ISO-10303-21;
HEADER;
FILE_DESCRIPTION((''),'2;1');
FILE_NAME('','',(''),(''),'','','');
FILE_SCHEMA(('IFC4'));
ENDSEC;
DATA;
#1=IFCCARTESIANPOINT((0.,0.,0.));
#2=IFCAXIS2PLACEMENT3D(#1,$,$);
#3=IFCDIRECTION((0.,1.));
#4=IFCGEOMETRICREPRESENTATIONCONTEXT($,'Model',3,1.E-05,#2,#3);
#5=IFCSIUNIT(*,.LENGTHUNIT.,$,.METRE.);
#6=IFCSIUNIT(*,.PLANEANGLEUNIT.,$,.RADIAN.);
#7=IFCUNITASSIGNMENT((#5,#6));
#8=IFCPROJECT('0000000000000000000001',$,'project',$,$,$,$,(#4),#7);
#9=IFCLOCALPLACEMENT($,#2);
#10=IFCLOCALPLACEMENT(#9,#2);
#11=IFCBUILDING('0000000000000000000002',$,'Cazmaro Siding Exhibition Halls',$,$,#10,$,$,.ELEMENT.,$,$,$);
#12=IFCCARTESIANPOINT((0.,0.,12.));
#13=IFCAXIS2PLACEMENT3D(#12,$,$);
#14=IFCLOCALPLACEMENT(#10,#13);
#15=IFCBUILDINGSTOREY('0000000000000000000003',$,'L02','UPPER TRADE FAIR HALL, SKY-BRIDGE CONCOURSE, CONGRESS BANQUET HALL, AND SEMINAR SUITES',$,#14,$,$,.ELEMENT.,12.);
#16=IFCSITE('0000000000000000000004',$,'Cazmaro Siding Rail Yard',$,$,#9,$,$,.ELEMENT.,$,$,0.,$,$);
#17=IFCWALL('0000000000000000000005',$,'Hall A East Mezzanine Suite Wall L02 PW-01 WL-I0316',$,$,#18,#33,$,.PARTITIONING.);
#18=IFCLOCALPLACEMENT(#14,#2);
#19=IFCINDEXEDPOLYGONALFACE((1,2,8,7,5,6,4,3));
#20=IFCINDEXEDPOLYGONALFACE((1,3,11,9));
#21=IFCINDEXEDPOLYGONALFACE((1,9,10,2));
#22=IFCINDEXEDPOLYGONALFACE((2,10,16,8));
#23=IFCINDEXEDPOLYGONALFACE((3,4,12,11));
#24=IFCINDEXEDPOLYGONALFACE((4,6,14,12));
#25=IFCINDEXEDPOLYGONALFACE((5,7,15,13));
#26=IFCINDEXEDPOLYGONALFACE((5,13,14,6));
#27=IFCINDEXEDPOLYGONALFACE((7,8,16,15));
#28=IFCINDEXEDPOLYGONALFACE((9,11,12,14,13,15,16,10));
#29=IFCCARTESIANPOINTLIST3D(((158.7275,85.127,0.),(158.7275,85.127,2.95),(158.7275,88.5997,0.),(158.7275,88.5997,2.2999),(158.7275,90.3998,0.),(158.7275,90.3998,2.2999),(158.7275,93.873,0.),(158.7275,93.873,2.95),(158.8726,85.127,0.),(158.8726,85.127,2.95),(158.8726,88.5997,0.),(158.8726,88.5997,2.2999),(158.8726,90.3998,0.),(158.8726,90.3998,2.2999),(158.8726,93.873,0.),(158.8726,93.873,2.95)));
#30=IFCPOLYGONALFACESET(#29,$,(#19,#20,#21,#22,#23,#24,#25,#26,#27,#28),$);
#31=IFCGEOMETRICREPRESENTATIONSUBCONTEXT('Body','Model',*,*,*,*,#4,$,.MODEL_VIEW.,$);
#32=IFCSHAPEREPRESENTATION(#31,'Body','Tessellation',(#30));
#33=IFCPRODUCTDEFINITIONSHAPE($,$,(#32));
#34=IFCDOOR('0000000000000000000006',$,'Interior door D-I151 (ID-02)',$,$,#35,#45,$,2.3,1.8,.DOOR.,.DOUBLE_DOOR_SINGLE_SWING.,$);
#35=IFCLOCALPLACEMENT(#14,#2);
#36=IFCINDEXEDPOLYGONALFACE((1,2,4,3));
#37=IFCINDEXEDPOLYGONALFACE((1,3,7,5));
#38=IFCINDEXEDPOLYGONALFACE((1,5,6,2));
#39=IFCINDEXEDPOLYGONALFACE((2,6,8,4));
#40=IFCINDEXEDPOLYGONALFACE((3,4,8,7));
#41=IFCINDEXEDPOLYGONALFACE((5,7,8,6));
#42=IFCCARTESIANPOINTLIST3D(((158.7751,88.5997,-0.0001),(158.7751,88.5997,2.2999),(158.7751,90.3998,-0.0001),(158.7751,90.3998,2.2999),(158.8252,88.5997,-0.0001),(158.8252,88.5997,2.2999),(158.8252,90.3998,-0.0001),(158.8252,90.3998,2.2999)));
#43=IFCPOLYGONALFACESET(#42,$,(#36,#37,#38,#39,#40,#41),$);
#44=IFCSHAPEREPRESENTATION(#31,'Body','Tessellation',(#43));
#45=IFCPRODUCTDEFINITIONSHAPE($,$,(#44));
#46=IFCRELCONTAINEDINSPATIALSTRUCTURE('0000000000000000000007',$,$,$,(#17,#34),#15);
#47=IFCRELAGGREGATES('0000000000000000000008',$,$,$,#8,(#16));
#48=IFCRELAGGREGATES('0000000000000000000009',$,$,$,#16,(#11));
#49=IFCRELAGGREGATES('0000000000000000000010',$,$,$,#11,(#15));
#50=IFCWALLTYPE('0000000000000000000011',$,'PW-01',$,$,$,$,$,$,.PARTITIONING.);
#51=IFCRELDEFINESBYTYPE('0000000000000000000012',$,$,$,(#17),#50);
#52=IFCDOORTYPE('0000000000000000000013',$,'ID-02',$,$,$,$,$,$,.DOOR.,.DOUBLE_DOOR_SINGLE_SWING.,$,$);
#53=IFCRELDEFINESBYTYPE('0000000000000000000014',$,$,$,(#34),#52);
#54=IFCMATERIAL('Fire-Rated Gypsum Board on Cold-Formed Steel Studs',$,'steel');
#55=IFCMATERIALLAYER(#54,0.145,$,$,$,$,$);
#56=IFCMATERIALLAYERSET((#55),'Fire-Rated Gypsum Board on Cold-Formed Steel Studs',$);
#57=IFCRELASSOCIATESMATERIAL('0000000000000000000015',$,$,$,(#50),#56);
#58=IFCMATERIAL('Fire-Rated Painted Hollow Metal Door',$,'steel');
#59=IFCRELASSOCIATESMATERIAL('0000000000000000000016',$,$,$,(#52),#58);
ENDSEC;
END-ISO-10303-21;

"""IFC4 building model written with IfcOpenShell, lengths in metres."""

from ifc_helpers import new_model, si_unit, direction, frame, frame_2d, origin, place, context, subcontext, project, spatial, rectangle, extrude, material, layer, layer_set, type_object, element, fill, save


model = new_model("IFC4")

# Units and contexts
model_context = context("Model", 3, precision=1e-05, world=origin(), true_north=direction((0.0, 1.0)))
body_context = subcontext(model_context, "Body", "Model", "MODEL_VIEW")
ifc_project = project(units=[si_unit("LENGTHUNIT", "METRE"), si_unit("PLANEANGLEUNIT", "RADIAN")], contexts=[model_context])

# Site, building, storey
site_placement = place(None, origin())
site = spatial("IfcSite", under=ifc_project, at=site_placement, Name="Cazmaro Siding Rail Yard", CompositionType="ELEMENT", RefElevation=0.0)
building_placement = place(site_placement, origin())
building = spatial("IfcBuilding", under=site, at=building_placement, Name="Cazmaro Siding Exhibition Halls", CompositionType="ELEMENT")
storey_placement = place(building_placement, frame((0.0, 0.0, 12.0)))
storey = spatial("IfcBuildingStorey", under=building, at=storey_placement, Name="L02", Description="UPPER TRADE FAIR HALL, SKY-BRIDGE CONCOURSE, CONGRESS BANQUET HALL, AND SEMINAR SUITES", CompositionType="ELEMENT", Elevation=12.0)

# Wall, opening, door
ifc_material_1 = material(Name="Fire-Rated Gypsum Board on Cold-Formed Steel Studs", Category="steel")
ifc_layer_1 = layer(ifc_material_1, 0.145)
ifc_layer_set_1 = layer_set([ifc_layer_1], Name="Fire-Rated Gypsum Board on Cold-Formed Steel Studs")
wall_type = type_object("IfcWallType", Name="PW-01", PredefinedType="PARTITIONING", material=ifc_layer_set_1)
wall_placement = place(storey_placement, frame((158.8, 85.127, 0.0), z_axis=(0.0, 0.0, 1.0), x_axis=(0.0, 1.0, 0.0)))
wall = element("IfcWall", 1, at=wall_placement, inside=storey, type_object=wall_type, Name="Hall A East Mezzanine Suite Wall L02 PW-01 WL-I0316", PredefinedType="PARTITIONING", context=body_context, shape_type="SweptSolid", body=[
    extrude(rectangle(XDim=8.7461, YDim=0.145, at=frame_2d((4.373, 0.0))), origin(), (0.0, 0.0, 1.0), 2.95),
])
opening_placement = place(wall_placement, frame((3.4729, 0.0, 0.0)))
opening = element("IfcOpeningElement", 2, at=opening_placement, cuts=wall, PredefinedType="OPENING", context=body_context, shape_type="SweptSolid", body=[
    extrude(rectangle(XDim=1.8, YDim=2.3, at=frame_2d((0.8999, 1.1499))), frame((0.0, 0.0825, 0.0), z_axis=(0.0, -1.0, 0.0), x_axis=(1.0, 0.0, 0.0)), (0.0, 0.0, 1.0), 0.165),
])
ifc_material_2 = material(Name="Fire-Rated Painted Hollow Metal Door", Category="steel")
door_type = type_object("IfcDoorType", Name="ID-02", OperationType="DOUBLE_DOOR_SINGLE_SWING", PredefinedType="DOOR", material=ifc_material_2)
door_placement = place(opening_placement, origin())
door = element("IfcDoor", 3, at=door_placement, inside=storey, type_object=door_type, Name="Interior door D-I151 (ID-02)", OperationType="DOUBLE_DOOR_SINGLE_SWING", OverallHeight=2.3, OverallWidth=1.8, PredefinedType="DOOR", context=body_context, shape_type="SweptSolid", body=[
    extrude(rectangle(XDim=1.8, YDim=2.3, at=frame_2d((0.8999, 1.1499))), frame((0.0, 0.0249, 0.0), z_axis=(0.0, -1.0, 0.0), x_axis=(1.0, 0.0, 0.0)), (0.0, 0.0, 1.0), 0.05),
])
fill(opening, door)

save(model, "model.ifc")
